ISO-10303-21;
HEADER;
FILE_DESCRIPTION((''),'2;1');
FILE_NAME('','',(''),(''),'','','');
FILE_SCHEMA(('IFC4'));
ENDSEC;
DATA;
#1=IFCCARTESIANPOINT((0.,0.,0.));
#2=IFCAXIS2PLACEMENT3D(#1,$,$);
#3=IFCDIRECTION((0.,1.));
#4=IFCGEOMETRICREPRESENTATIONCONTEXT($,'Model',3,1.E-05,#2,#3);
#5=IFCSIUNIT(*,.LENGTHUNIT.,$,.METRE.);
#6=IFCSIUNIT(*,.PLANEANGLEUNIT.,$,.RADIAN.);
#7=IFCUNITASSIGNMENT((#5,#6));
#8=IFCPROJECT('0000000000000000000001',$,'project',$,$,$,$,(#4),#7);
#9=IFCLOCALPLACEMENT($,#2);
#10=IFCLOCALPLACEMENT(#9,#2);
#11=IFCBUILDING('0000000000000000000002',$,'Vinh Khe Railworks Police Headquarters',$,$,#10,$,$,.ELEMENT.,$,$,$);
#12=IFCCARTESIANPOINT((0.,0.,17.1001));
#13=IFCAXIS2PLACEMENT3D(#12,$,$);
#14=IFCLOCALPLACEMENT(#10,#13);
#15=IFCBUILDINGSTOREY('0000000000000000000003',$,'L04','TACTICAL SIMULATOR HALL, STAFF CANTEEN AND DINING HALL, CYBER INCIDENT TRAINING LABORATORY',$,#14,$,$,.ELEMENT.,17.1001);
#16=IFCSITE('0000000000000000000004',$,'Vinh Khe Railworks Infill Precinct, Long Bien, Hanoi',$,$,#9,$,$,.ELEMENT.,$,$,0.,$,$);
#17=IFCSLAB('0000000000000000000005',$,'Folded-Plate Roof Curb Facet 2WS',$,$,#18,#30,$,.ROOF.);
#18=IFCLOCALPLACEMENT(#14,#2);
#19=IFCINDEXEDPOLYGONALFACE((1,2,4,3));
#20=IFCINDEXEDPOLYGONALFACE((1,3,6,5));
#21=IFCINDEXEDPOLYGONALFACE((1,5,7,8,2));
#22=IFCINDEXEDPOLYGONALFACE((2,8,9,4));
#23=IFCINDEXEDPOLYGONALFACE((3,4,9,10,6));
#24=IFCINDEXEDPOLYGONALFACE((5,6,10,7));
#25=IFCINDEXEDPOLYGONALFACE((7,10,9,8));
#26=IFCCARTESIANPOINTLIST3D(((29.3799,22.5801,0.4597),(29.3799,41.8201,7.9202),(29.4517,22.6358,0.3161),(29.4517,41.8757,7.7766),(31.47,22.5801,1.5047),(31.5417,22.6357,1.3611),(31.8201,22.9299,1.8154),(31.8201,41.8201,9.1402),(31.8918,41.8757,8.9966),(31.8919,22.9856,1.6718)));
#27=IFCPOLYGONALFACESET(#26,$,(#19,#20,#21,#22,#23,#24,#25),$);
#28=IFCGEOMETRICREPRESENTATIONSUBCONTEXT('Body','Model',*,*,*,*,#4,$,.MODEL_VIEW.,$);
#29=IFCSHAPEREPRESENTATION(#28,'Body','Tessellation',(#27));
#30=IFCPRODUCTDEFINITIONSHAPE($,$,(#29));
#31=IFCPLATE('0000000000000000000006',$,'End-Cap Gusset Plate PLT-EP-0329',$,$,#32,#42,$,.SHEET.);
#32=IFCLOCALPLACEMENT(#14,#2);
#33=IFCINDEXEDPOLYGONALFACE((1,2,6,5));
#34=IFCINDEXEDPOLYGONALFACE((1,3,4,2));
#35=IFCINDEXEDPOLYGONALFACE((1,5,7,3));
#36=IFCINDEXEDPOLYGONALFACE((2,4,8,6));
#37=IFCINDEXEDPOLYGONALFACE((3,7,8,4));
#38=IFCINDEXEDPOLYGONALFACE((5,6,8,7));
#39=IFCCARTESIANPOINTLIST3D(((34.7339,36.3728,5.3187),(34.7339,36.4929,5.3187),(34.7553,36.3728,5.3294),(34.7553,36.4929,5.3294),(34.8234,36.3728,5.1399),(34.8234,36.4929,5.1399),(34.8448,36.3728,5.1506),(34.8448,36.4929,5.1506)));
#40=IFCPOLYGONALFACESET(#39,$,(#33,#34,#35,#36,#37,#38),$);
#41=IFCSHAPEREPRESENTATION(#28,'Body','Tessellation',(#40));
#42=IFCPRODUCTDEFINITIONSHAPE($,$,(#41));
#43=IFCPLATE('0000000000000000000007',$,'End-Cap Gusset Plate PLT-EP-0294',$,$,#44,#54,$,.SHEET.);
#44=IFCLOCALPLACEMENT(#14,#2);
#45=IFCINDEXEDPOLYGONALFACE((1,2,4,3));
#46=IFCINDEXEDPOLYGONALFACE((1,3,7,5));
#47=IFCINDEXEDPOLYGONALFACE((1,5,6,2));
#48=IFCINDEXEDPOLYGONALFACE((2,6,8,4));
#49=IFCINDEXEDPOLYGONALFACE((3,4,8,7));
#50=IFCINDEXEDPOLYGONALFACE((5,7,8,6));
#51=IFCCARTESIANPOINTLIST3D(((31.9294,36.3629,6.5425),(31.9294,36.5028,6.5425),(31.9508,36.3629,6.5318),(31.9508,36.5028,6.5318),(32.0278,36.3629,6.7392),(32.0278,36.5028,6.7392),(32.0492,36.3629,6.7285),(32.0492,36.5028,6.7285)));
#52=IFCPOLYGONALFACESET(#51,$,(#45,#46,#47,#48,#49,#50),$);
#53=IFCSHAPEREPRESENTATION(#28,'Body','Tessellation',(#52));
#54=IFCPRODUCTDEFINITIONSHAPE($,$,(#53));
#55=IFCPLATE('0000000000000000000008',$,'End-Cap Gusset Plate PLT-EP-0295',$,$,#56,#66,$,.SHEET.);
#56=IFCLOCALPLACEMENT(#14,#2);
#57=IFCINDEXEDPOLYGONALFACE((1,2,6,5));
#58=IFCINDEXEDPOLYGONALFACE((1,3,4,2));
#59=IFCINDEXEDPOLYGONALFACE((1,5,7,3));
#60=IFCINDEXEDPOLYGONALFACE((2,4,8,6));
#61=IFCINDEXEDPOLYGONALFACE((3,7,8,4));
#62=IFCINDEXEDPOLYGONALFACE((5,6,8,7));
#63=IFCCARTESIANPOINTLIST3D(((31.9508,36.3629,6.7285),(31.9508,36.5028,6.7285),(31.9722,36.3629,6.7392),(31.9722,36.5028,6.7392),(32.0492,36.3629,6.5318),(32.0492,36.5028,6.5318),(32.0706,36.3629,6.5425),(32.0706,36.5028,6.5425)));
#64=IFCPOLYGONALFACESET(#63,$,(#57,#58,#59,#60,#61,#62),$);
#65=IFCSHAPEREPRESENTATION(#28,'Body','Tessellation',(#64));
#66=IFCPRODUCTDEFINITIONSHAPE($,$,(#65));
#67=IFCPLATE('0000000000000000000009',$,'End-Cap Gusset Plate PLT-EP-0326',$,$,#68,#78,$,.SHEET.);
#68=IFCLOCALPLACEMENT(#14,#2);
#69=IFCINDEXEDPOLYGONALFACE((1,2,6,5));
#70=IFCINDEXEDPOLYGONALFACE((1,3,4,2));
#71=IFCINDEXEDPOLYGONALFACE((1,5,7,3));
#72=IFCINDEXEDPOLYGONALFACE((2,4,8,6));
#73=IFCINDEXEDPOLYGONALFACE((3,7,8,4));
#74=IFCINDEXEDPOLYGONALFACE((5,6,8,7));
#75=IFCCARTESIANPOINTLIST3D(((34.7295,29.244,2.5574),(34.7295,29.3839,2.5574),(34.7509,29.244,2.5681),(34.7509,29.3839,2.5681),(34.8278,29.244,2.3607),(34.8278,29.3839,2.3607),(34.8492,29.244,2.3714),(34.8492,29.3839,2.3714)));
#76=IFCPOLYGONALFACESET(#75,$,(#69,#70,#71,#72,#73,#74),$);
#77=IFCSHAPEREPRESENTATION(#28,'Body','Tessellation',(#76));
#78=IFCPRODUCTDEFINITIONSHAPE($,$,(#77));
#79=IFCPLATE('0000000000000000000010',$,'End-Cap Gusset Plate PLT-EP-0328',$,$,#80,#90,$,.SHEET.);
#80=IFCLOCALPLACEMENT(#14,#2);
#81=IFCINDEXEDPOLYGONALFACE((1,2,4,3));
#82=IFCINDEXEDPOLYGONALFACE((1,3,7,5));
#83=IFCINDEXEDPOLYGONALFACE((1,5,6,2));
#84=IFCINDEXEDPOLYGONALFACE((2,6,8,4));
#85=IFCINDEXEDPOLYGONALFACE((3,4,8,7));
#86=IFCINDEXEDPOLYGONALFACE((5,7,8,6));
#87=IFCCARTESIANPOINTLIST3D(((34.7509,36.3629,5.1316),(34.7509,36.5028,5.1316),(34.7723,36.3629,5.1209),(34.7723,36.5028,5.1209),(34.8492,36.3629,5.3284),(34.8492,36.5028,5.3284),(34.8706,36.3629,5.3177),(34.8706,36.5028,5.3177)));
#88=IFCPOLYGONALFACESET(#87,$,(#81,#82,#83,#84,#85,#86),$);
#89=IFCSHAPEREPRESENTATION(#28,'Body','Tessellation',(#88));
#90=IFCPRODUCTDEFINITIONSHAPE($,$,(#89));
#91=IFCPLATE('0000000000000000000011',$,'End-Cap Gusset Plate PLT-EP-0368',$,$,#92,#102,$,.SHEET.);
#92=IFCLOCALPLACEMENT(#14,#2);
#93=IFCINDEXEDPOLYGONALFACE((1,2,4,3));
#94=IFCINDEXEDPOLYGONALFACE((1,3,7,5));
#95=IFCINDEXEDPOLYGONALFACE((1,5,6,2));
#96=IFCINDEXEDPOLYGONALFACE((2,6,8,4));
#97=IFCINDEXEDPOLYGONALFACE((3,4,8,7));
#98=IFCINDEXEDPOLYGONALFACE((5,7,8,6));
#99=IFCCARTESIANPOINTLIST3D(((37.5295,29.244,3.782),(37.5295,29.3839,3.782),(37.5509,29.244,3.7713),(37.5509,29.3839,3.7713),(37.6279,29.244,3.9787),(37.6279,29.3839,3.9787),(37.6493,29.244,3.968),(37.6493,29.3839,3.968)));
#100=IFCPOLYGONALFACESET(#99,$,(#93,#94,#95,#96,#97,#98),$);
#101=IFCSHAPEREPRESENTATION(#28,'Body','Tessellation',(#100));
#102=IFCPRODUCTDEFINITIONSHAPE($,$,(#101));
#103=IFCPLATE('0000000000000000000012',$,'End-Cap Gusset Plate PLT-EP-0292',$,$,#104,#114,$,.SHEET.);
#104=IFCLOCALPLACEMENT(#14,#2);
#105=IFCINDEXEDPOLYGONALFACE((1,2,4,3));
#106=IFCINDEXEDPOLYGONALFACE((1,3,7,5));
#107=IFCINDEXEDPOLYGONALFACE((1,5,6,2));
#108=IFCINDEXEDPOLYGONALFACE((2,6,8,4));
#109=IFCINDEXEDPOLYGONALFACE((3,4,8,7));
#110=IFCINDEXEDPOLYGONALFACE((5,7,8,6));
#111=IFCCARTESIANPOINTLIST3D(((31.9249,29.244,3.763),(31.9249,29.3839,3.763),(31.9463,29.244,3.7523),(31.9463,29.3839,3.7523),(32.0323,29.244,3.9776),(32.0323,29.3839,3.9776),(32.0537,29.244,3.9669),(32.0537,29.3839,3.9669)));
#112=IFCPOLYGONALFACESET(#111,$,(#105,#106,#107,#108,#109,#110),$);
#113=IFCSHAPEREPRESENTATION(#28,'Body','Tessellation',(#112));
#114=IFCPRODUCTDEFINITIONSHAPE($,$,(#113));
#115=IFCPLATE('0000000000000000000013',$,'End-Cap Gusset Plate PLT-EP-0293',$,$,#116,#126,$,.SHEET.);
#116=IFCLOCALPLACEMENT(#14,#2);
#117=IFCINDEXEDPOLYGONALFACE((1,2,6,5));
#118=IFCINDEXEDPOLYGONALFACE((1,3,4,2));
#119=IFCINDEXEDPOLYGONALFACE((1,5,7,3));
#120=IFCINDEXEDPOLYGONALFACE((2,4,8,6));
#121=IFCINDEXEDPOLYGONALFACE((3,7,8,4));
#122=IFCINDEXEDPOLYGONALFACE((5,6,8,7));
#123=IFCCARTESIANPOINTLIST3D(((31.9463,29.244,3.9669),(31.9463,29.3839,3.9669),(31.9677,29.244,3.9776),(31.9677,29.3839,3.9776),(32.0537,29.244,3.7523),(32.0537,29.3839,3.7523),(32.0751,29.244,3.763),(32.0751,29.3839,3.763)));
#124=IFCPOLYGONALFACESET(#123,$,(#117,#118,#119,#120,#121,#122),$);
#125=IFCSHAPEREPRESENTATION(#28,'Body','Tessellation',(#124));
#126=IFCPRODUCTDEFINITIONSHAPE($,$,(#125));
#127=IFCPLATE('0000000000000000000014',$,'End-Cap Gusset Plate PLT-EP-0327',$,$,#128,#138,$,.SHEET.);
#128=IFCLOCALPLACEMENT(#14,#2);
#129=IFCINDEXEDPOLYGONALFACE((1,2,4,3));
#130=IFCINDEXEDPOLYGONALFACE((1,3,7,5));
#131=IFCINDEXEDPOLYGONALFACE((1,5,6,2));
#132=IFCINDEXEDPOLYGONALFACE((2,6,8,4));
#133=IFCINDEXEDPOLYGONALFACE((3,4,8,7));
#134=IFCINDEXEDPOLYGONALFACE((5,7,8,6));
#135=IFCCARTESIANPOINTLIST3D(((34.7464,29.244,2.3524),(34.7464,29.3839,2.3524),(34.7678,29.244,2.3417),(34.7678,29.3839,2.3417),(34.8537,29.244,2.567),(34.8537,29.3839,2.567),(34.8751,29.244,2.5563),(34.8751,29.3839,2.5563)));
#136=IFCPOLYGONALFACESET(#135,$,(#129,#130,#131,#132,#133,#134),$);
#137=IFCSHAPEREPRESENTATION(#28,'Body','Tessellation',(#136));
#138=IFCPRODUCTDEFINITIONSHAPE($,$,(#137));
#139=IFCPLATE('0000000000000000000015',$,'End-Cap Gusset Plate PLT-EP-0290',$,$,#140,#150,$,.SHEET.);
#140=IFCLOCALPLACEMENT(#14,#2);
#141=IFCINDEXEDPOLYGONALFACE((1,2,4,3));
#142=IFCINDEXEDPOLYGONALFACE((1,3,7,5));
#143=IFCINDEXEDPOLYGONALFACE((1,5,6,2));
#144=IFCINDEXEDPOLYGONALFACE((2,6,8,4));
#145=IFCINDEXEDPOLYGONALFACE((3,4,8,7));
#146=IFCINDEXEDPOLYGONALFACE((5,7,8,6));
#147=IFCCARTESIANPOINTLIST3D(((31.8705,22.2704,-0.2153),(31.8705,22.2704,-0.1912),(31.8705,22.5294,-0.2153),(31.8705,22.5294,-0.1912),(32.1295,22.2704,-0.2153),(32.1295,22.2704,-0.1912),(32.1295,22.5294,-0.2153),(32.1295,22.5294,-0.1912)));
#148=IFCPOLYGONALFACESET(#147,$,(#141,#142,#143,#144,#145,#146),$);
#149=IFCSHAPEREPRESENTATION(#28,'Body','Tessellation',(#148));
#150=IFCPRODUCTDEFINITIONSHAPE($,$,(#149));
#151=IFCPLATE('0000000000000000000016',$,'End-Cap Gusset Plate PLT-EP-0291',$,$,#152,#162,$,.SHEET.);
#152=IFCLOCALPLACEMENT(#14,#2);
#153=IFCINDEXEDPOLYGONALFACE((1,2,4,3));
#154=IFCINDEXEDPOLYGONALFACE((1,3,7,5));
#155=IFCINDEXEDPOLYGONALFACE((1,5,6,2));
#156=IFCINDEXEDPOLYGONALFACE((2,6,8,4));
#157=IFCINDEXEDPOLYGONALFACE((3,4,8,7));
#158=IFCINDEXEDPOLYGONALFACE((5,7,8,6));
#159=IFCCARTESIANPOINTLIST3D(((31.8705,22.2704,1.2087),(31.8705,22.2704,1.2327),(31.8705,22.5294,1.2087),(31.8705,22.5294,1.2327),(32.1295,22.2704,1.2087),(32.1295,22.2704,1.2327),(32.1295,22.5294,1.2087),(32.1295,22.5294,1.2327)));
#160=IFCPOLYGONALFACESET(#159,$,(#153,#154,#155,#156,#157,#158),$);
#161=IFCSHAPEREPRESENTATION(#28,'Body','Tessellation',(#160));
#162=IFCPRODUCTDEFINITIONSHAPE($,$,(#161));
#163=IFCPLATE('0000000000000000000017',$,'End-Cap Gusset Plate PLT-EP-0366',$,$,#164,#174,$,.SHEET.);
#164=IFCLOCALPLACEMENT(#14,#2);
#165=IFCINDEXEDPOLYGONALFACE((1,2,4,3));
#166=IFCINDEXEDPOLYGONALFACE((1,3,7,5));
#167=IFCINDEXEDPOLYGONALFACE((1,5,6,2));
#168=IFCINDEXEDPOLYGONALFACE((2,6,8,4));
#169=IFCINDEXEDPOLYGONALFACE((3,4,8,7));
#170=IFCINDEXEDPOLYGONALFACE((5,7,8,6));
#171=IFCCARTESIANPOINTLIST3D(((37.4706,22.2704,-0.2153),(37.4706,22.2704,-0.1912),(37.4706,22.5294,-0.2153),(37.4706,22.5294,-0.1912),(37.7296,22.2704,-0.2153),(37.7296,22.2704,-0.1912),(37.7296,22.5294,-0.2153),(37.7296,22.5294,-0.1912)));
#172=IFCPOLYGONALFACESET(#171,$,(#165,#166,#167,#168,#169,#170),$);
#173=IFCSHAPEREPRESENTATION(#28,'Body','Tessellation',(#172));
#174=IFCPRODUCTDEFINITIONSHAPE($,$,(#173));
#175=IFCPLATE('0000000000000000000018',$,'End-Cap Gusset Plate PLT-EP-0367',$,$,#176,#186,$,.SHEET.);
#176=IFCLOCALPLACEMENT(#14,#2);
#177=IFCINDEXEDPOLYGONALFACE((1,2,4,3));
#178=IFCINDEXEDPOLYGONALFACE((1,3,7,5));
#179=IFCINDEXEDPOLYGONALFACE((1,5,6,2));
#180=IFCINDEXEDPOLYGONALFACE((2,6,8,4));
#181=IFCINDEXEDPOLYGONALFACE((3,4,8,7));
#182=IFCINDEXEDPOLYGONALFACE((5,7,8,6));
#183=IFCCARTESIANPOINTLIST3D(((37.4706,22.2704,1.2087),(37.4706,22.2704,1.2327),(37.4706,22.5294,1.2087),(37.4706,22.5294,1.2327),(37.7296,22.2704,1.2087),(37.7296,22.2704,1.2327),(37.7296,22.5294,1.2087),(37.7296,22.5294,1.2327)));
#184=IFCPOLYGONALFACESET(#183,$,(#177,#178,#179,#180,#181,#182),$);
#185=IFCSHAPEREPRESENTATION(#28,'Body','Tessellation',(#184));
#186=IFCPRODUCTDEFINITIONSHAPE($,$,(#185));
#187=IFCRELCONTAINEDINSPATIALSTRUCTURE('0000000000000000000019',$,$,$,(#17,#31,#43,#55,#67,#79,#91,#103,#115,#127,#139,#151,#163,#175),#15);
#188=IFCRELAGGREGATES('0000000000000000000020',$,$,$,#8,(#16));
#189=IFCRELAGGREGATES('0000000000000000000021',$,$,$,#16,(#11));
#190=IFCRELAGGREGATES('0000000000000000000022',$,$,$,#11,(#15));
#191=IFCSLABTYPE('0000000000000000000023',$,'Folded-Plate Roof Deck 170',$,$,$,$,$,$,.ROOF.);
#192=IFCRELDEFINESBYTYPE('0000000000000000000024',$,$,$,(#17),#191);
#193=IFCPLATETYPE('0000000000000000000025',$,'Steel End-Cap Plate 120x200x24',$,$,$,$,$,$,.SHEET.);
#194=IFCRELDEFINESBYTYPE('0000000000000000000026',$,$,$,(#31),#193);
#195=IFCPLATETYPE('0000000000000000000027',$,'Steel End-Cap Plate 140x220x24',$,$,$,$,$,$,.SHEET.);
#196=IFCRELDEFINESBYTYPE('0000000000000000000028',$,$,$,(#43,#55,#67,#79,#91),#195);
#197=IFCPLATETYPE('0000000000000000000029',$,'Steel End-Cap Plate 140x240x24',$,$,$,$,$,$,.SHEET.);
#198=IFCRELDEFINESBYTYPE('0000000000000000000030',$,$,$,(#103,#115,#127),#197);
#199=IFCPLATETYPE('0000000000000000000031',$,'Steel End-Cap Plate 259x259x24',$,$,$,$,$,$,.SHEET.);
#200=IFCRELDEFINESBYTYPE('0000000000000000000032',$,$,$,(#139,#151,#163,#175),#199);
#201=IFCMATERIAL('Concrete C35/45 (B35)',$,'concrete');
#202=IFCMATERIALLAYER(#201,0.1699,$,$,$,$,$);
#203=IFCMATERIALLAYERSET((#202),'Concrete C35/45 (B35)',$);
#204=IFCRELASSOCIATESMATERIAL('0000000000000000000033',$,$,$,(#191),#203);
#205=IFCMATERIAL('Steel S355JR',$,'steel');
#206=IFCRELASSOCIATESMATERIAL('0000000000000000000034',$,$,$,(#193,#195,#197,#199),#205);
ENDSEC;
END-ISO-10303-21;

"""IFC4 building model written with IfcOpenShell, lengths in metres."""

from ifc_helpers import new_model, si_unit, direction, frame, origin, origin_2d, place, context, subcontext, project, spatial, polyline, rectangle, outline, extrude, material, layer, layer_set, material_profile, profile_set, type_object, element, save


model = new_model("IFC4")

# Units and contexts
model_context = context("Model", 3, precision=1e-05, world=origin(), true_north=direction((0.0, 1.0)))
body_context = subcontext(model_context, "Body", "Model", "MODEL_VIEW")
ifc_project = project(units=[si_unit("LENGTHUNIT", "METRE"), si_unit("PLANEANGLEUNIT", "RADIAN")], contexts=[model_context])

# Site, building, storey
site_placement = place(None, origin())
site = spatial("IfcSite", under=ifc_project, at=site_placement, Name="Vinh Khe Railworks Infill Precinct, Long Bien, Hanoi", CompositionType="ELEMENT", RefElevation=0.0)
building_placement = place(site_placement, origin())
building = spatial("IfcBuilding", under=site, at=building_placement, Name="Vinh Khe Railworks Police Headquarters", CompositionType="ELEMENT")
storey_placement = place(building_placement, frame((0.0, 0.0, 17.1001)))
storey = spatial("IfcBuildingStorey", under=building, at=storey_placement, Name="L04", Description="TACTICAL SIMULATOR HALL, STAFF CANTEEN AND DINING HALL, CYBER INCIDENT TRAINING LABORATORY", CompositionType="ELEMENT", Elevation=17.1001)

# Shared definitions
ifc_material_1 = material(Name="Steel S355JR", Category="steel")

# Slab
ifc_material_2 = material(Name="Concrete C35/45 (B35)", Category="concrete")
ifc_layer = layer(ifc_material_2, 0.1699)
ifc_layer_set = layer_set([ifc_layer], Name="Concrete C35/45 (B35)")
slab_type = type_object("IfcSlabType", Name="Folded-Plate Roof Deck 170", PredefinedType="ROOF", material=ifc_layer_set)
slab_1_placement = place(storey_placement, frame((29.3799, 22.5801, 0.4597), z_axis=(-0.422501, -0.327677, 0.845057), x_axis=(0.89444, -0.000006, 0.447188)))
element("IfcSlab", 1, at=slab_1_placement, inside=storey, type_object=slab_type, Name="Folded-Plate Roof Curb Facet 2WS", PredefinedType="ROOF", context=body_context, shape_type="SweptSolid", body=[
    extrude(outline(polyline([(0.0, 0.0), (2.3367, 0.0), (2.7889, 0.3703), (6.0643, 20.3643), (3.3361, 20.3643), (0.0, 0.0)])), origin(), (0.0, 0.0, -1.0), 0.1699),
])

# Plates
ifc_material_profile_1 = material_profile(ifc_material_1, rectangle(XDim=0.1201, YDim=0.2, at=origin_2d()), Name="PL 120x200")
ifc_profile_set_1 = profile_set([ifc_material_profile_1], Name="Steel S355JR")
plate_type_1 = type_object("IfcPlateType", Name="Steel End-Cap Plate 120x200x24", PredefinedType="SHEET", material=ifc_profile_set_1)
plate_1_placement = place(storey_placement, frame((34.8, 36.4329, 5.24), z_axis=(-0.894427, 0.0, -0.447214), x_axis=(0.0, -1.0, 0.0)))
element("IfcPlate", 2, at=plate_1_placement, inside=storey, type_object=plate_type_1, Name="End-Cap Gusset Plate PLT-EP-0329", PredefinedType="SHEET", context=body_context, shape_type="SweptSolid", body=[
    extrude(rectangle(XDim=0.1201, YDim=0.2, at=origin_2d()), origin(), (0.0, 0.0, 1.0), 0.0239),
])
ifc_material_profile_2 = material_profile(ifc_material_1, rectangle(XDim=0.1399, YDim=0.22, at=origin_2d()), Name="PL 140x220")
ifc_profile_set_2 = profile_set([ifc_material_profile_2], Name="Steel S355JR")
plate_type_2 = type_object("IfcPlateType", Name="Steel End-Cap Plate 140x220x24", PredefinedType="SHEET", material=ifc_profile_set_2)
for number, where, z_axis, x_axis, name in (
    (3, (32.0, 36.4329, 6.6301), (-0.894427, 0.0, 0.447214), (0.0, -1.0, 0.0), "End-Cap Gusset Plate PLT-EP-0294"),
    (4, (32.0, 36.4329, 6.6301), (0.894427, 0.0, 0.447214), (0.0, 1.0, 0.0), "End-Cap Gusset Plate PLT-EP-0295"),
    (5, (34.8, 29.314, 2.4697), (-0.894427, 0.0, -0.447214), (0.0, -1.0, 0.0), "End-Cap Gusset Plate PLT-EP-0326"),
    (6, (34.8, 36.4329, 5.23), (0.894427, 0.0, -0.447214), (0.0, 1.0, 0.0), "End-Cap Gusset Plate PLT-EP-0328"),
    (7, (37.6001, 29.314, 3.8696), (-0.894427, 0.0, 0.447214), (0.0, -1.0, 0.0), "End-Cap Gusset Plate PLT-EP-0368"),
):
    element("IfcPlate", number, at=place(storey_placement, frame(where, z_axis=z_axis, x_axis=x_axis)), inside=storey, type_object=plate_type_2, Name=name, PredefinedType="SHEET", context=body_context, shape_type="SweptSolid", body=[
        extrude(rectangle(XDim=0.1399, YDim=0.22, at=origin_2d()), origin(), (0.0, 0.0, 1.0), 0.0239),
    ])
ifc_material_profile_3 = material_profile(ifc_material_1, rectangle(XDim=0.1399, YDim=0.24, at=origin_2d()), Name="PL 140x240")
ifc_profile_set_3 = profile_set([ifc_material_profile_3], Name="Steel S355JR")
plate_type_3 = type_object("IfcPlateType", Name="Steel End-Cap Plate 140x240x24", PredefinedType="SHEET", material=ifc_profile_set_3)
for number, where, z_axis, x_axis, name in (
    (8, (32.0, 29.314, 3.8596), (-0.894427, 0.0, 0.447214), (0.0, -1.0, 0.0), "End-Cap Gusset Plate PLT-EP-0292"),
    (9, (32.0, 29.314, 3.8596), (0.894427, 0.0, 0.447214), (0.0, 1.0, 0.0), "End-Cap Gusset Plate PLT-EP-0293"),
    (10, (34.8, 29.314, 2.4597), (0.894427, 0.0, -0.447214), (0.0, 1.0, 0.0), "End-Cap Gusset Plate PLT-EP-0327"),
):
    element("IfcPlate", number, at=place(storey_placement, frame(where, z_axis=z_axis, x_axis=x_axis)), inside=storey, type_object=plate_type_3, Name=name, PredefinedType="SHEET", context=body_context, shape_type="SweptSolid", body=[
        extrude(rectangle(XDim=0.1399, YDim=0.24, at=origin_2d()), origin(), (0.0, 0.0, 1.0), 0.0239),
    ])
ifc_material_profile_4 = material_profile(ifc_material_1, rectangle(XDim=0.259, YDim=0.259, at=origin_2d()), Name="PL 259x259")
ifc_profile_set_4 = profile_set([ifc_material_profile_4], Name="Steel S355JR")
plate_type_4 = type_object("IfcPlateType", Name="Steel End-Cap Plate 259x259x24", PredefinedType="SHEET", material=ifc_profile_set_4)
plate_2_placement = place(storey_placement, frame((32.0, 22.3999, -0.1912), z_axis=(0.0, 0.0, -1.0), x_axis=(1.0, 0.0, 0.0)))
element("IfcPlate", 11, at=plate_2_placement, inside=storey, type_object=plate_type_4, Name="End-Cap Gusset Plate PLT-EP-0290", PredefinedType="SHEET", context=body_context, shape_type="SweptSolid", body=[
    extrude(rectangle(XDim=0.259, YDim=0.259, at=origin_2d()), origin(), (0.0, 0.0, 1.0), 0.0242),
])
plate_3_placement = place(storey_placement, frame((32.0, 22.3999, 1.2087), z_axis=(0.0, 0.0, 1.0), x_axis=(1.0, 0.0, 0.0)))
element("IfcPlate", 12, at=plate_3_placement, inside=storey, type_object=plate_type_4, Name="End-Cap Gusset Plate PLT-EP-0291", PredefinedType="SHEET", context=body_context, shape_type="SweptSolid", body=[
    extrude(rectangle(XDim=0.259, YDim=0.259, at=origin_2d()), origin(), (0.0, 0.0, 1.0), 0.0239),
])
plate_4_placement = place(storey_placement, frame((37.6001, 22.3999, -0.1912), z_axis=(0.0, 0.0, -1.0), x_axis=(1.0, 0.0, 0.0)))
element("IfcPlate", 13, at=plate_4_placement, inside=storey, type_object=plate_type_4, Name="End-Cap Gusset Plate PLT-EP-0366", PredefinedType="SHEET", context=body_context, shape_type="SweptSolid", body=[
    extrude(rectangle(XDim=0.259, YDim=0.259, at=origin_2d()), origin(), (0.0, 0.0, 1.0), 0.0242),
])
plate_5_placement = place(storey_placement, frame((37.6001, 22.3999, 1.2087), z_axis=(0.0, 0.0, 1.0), x_axis=(1.0, 0.0, 0.0)))
element("IfcPlate", 14, at=plate_5_placement, inside=storey, type_object=plate_type_4, Name="End-Cap Gusset Plate PLT-EP-0367", PredefinedType="SHEET", context=body_context, shape_type="SweptSolid", body=[
    extrude(rectangle(XDim=0.259, YDim=0.259, at=origin_2d()), origin(), (0.0, 0.0, 1.0), 0.0239),
])

save(model, "model.ifc")
